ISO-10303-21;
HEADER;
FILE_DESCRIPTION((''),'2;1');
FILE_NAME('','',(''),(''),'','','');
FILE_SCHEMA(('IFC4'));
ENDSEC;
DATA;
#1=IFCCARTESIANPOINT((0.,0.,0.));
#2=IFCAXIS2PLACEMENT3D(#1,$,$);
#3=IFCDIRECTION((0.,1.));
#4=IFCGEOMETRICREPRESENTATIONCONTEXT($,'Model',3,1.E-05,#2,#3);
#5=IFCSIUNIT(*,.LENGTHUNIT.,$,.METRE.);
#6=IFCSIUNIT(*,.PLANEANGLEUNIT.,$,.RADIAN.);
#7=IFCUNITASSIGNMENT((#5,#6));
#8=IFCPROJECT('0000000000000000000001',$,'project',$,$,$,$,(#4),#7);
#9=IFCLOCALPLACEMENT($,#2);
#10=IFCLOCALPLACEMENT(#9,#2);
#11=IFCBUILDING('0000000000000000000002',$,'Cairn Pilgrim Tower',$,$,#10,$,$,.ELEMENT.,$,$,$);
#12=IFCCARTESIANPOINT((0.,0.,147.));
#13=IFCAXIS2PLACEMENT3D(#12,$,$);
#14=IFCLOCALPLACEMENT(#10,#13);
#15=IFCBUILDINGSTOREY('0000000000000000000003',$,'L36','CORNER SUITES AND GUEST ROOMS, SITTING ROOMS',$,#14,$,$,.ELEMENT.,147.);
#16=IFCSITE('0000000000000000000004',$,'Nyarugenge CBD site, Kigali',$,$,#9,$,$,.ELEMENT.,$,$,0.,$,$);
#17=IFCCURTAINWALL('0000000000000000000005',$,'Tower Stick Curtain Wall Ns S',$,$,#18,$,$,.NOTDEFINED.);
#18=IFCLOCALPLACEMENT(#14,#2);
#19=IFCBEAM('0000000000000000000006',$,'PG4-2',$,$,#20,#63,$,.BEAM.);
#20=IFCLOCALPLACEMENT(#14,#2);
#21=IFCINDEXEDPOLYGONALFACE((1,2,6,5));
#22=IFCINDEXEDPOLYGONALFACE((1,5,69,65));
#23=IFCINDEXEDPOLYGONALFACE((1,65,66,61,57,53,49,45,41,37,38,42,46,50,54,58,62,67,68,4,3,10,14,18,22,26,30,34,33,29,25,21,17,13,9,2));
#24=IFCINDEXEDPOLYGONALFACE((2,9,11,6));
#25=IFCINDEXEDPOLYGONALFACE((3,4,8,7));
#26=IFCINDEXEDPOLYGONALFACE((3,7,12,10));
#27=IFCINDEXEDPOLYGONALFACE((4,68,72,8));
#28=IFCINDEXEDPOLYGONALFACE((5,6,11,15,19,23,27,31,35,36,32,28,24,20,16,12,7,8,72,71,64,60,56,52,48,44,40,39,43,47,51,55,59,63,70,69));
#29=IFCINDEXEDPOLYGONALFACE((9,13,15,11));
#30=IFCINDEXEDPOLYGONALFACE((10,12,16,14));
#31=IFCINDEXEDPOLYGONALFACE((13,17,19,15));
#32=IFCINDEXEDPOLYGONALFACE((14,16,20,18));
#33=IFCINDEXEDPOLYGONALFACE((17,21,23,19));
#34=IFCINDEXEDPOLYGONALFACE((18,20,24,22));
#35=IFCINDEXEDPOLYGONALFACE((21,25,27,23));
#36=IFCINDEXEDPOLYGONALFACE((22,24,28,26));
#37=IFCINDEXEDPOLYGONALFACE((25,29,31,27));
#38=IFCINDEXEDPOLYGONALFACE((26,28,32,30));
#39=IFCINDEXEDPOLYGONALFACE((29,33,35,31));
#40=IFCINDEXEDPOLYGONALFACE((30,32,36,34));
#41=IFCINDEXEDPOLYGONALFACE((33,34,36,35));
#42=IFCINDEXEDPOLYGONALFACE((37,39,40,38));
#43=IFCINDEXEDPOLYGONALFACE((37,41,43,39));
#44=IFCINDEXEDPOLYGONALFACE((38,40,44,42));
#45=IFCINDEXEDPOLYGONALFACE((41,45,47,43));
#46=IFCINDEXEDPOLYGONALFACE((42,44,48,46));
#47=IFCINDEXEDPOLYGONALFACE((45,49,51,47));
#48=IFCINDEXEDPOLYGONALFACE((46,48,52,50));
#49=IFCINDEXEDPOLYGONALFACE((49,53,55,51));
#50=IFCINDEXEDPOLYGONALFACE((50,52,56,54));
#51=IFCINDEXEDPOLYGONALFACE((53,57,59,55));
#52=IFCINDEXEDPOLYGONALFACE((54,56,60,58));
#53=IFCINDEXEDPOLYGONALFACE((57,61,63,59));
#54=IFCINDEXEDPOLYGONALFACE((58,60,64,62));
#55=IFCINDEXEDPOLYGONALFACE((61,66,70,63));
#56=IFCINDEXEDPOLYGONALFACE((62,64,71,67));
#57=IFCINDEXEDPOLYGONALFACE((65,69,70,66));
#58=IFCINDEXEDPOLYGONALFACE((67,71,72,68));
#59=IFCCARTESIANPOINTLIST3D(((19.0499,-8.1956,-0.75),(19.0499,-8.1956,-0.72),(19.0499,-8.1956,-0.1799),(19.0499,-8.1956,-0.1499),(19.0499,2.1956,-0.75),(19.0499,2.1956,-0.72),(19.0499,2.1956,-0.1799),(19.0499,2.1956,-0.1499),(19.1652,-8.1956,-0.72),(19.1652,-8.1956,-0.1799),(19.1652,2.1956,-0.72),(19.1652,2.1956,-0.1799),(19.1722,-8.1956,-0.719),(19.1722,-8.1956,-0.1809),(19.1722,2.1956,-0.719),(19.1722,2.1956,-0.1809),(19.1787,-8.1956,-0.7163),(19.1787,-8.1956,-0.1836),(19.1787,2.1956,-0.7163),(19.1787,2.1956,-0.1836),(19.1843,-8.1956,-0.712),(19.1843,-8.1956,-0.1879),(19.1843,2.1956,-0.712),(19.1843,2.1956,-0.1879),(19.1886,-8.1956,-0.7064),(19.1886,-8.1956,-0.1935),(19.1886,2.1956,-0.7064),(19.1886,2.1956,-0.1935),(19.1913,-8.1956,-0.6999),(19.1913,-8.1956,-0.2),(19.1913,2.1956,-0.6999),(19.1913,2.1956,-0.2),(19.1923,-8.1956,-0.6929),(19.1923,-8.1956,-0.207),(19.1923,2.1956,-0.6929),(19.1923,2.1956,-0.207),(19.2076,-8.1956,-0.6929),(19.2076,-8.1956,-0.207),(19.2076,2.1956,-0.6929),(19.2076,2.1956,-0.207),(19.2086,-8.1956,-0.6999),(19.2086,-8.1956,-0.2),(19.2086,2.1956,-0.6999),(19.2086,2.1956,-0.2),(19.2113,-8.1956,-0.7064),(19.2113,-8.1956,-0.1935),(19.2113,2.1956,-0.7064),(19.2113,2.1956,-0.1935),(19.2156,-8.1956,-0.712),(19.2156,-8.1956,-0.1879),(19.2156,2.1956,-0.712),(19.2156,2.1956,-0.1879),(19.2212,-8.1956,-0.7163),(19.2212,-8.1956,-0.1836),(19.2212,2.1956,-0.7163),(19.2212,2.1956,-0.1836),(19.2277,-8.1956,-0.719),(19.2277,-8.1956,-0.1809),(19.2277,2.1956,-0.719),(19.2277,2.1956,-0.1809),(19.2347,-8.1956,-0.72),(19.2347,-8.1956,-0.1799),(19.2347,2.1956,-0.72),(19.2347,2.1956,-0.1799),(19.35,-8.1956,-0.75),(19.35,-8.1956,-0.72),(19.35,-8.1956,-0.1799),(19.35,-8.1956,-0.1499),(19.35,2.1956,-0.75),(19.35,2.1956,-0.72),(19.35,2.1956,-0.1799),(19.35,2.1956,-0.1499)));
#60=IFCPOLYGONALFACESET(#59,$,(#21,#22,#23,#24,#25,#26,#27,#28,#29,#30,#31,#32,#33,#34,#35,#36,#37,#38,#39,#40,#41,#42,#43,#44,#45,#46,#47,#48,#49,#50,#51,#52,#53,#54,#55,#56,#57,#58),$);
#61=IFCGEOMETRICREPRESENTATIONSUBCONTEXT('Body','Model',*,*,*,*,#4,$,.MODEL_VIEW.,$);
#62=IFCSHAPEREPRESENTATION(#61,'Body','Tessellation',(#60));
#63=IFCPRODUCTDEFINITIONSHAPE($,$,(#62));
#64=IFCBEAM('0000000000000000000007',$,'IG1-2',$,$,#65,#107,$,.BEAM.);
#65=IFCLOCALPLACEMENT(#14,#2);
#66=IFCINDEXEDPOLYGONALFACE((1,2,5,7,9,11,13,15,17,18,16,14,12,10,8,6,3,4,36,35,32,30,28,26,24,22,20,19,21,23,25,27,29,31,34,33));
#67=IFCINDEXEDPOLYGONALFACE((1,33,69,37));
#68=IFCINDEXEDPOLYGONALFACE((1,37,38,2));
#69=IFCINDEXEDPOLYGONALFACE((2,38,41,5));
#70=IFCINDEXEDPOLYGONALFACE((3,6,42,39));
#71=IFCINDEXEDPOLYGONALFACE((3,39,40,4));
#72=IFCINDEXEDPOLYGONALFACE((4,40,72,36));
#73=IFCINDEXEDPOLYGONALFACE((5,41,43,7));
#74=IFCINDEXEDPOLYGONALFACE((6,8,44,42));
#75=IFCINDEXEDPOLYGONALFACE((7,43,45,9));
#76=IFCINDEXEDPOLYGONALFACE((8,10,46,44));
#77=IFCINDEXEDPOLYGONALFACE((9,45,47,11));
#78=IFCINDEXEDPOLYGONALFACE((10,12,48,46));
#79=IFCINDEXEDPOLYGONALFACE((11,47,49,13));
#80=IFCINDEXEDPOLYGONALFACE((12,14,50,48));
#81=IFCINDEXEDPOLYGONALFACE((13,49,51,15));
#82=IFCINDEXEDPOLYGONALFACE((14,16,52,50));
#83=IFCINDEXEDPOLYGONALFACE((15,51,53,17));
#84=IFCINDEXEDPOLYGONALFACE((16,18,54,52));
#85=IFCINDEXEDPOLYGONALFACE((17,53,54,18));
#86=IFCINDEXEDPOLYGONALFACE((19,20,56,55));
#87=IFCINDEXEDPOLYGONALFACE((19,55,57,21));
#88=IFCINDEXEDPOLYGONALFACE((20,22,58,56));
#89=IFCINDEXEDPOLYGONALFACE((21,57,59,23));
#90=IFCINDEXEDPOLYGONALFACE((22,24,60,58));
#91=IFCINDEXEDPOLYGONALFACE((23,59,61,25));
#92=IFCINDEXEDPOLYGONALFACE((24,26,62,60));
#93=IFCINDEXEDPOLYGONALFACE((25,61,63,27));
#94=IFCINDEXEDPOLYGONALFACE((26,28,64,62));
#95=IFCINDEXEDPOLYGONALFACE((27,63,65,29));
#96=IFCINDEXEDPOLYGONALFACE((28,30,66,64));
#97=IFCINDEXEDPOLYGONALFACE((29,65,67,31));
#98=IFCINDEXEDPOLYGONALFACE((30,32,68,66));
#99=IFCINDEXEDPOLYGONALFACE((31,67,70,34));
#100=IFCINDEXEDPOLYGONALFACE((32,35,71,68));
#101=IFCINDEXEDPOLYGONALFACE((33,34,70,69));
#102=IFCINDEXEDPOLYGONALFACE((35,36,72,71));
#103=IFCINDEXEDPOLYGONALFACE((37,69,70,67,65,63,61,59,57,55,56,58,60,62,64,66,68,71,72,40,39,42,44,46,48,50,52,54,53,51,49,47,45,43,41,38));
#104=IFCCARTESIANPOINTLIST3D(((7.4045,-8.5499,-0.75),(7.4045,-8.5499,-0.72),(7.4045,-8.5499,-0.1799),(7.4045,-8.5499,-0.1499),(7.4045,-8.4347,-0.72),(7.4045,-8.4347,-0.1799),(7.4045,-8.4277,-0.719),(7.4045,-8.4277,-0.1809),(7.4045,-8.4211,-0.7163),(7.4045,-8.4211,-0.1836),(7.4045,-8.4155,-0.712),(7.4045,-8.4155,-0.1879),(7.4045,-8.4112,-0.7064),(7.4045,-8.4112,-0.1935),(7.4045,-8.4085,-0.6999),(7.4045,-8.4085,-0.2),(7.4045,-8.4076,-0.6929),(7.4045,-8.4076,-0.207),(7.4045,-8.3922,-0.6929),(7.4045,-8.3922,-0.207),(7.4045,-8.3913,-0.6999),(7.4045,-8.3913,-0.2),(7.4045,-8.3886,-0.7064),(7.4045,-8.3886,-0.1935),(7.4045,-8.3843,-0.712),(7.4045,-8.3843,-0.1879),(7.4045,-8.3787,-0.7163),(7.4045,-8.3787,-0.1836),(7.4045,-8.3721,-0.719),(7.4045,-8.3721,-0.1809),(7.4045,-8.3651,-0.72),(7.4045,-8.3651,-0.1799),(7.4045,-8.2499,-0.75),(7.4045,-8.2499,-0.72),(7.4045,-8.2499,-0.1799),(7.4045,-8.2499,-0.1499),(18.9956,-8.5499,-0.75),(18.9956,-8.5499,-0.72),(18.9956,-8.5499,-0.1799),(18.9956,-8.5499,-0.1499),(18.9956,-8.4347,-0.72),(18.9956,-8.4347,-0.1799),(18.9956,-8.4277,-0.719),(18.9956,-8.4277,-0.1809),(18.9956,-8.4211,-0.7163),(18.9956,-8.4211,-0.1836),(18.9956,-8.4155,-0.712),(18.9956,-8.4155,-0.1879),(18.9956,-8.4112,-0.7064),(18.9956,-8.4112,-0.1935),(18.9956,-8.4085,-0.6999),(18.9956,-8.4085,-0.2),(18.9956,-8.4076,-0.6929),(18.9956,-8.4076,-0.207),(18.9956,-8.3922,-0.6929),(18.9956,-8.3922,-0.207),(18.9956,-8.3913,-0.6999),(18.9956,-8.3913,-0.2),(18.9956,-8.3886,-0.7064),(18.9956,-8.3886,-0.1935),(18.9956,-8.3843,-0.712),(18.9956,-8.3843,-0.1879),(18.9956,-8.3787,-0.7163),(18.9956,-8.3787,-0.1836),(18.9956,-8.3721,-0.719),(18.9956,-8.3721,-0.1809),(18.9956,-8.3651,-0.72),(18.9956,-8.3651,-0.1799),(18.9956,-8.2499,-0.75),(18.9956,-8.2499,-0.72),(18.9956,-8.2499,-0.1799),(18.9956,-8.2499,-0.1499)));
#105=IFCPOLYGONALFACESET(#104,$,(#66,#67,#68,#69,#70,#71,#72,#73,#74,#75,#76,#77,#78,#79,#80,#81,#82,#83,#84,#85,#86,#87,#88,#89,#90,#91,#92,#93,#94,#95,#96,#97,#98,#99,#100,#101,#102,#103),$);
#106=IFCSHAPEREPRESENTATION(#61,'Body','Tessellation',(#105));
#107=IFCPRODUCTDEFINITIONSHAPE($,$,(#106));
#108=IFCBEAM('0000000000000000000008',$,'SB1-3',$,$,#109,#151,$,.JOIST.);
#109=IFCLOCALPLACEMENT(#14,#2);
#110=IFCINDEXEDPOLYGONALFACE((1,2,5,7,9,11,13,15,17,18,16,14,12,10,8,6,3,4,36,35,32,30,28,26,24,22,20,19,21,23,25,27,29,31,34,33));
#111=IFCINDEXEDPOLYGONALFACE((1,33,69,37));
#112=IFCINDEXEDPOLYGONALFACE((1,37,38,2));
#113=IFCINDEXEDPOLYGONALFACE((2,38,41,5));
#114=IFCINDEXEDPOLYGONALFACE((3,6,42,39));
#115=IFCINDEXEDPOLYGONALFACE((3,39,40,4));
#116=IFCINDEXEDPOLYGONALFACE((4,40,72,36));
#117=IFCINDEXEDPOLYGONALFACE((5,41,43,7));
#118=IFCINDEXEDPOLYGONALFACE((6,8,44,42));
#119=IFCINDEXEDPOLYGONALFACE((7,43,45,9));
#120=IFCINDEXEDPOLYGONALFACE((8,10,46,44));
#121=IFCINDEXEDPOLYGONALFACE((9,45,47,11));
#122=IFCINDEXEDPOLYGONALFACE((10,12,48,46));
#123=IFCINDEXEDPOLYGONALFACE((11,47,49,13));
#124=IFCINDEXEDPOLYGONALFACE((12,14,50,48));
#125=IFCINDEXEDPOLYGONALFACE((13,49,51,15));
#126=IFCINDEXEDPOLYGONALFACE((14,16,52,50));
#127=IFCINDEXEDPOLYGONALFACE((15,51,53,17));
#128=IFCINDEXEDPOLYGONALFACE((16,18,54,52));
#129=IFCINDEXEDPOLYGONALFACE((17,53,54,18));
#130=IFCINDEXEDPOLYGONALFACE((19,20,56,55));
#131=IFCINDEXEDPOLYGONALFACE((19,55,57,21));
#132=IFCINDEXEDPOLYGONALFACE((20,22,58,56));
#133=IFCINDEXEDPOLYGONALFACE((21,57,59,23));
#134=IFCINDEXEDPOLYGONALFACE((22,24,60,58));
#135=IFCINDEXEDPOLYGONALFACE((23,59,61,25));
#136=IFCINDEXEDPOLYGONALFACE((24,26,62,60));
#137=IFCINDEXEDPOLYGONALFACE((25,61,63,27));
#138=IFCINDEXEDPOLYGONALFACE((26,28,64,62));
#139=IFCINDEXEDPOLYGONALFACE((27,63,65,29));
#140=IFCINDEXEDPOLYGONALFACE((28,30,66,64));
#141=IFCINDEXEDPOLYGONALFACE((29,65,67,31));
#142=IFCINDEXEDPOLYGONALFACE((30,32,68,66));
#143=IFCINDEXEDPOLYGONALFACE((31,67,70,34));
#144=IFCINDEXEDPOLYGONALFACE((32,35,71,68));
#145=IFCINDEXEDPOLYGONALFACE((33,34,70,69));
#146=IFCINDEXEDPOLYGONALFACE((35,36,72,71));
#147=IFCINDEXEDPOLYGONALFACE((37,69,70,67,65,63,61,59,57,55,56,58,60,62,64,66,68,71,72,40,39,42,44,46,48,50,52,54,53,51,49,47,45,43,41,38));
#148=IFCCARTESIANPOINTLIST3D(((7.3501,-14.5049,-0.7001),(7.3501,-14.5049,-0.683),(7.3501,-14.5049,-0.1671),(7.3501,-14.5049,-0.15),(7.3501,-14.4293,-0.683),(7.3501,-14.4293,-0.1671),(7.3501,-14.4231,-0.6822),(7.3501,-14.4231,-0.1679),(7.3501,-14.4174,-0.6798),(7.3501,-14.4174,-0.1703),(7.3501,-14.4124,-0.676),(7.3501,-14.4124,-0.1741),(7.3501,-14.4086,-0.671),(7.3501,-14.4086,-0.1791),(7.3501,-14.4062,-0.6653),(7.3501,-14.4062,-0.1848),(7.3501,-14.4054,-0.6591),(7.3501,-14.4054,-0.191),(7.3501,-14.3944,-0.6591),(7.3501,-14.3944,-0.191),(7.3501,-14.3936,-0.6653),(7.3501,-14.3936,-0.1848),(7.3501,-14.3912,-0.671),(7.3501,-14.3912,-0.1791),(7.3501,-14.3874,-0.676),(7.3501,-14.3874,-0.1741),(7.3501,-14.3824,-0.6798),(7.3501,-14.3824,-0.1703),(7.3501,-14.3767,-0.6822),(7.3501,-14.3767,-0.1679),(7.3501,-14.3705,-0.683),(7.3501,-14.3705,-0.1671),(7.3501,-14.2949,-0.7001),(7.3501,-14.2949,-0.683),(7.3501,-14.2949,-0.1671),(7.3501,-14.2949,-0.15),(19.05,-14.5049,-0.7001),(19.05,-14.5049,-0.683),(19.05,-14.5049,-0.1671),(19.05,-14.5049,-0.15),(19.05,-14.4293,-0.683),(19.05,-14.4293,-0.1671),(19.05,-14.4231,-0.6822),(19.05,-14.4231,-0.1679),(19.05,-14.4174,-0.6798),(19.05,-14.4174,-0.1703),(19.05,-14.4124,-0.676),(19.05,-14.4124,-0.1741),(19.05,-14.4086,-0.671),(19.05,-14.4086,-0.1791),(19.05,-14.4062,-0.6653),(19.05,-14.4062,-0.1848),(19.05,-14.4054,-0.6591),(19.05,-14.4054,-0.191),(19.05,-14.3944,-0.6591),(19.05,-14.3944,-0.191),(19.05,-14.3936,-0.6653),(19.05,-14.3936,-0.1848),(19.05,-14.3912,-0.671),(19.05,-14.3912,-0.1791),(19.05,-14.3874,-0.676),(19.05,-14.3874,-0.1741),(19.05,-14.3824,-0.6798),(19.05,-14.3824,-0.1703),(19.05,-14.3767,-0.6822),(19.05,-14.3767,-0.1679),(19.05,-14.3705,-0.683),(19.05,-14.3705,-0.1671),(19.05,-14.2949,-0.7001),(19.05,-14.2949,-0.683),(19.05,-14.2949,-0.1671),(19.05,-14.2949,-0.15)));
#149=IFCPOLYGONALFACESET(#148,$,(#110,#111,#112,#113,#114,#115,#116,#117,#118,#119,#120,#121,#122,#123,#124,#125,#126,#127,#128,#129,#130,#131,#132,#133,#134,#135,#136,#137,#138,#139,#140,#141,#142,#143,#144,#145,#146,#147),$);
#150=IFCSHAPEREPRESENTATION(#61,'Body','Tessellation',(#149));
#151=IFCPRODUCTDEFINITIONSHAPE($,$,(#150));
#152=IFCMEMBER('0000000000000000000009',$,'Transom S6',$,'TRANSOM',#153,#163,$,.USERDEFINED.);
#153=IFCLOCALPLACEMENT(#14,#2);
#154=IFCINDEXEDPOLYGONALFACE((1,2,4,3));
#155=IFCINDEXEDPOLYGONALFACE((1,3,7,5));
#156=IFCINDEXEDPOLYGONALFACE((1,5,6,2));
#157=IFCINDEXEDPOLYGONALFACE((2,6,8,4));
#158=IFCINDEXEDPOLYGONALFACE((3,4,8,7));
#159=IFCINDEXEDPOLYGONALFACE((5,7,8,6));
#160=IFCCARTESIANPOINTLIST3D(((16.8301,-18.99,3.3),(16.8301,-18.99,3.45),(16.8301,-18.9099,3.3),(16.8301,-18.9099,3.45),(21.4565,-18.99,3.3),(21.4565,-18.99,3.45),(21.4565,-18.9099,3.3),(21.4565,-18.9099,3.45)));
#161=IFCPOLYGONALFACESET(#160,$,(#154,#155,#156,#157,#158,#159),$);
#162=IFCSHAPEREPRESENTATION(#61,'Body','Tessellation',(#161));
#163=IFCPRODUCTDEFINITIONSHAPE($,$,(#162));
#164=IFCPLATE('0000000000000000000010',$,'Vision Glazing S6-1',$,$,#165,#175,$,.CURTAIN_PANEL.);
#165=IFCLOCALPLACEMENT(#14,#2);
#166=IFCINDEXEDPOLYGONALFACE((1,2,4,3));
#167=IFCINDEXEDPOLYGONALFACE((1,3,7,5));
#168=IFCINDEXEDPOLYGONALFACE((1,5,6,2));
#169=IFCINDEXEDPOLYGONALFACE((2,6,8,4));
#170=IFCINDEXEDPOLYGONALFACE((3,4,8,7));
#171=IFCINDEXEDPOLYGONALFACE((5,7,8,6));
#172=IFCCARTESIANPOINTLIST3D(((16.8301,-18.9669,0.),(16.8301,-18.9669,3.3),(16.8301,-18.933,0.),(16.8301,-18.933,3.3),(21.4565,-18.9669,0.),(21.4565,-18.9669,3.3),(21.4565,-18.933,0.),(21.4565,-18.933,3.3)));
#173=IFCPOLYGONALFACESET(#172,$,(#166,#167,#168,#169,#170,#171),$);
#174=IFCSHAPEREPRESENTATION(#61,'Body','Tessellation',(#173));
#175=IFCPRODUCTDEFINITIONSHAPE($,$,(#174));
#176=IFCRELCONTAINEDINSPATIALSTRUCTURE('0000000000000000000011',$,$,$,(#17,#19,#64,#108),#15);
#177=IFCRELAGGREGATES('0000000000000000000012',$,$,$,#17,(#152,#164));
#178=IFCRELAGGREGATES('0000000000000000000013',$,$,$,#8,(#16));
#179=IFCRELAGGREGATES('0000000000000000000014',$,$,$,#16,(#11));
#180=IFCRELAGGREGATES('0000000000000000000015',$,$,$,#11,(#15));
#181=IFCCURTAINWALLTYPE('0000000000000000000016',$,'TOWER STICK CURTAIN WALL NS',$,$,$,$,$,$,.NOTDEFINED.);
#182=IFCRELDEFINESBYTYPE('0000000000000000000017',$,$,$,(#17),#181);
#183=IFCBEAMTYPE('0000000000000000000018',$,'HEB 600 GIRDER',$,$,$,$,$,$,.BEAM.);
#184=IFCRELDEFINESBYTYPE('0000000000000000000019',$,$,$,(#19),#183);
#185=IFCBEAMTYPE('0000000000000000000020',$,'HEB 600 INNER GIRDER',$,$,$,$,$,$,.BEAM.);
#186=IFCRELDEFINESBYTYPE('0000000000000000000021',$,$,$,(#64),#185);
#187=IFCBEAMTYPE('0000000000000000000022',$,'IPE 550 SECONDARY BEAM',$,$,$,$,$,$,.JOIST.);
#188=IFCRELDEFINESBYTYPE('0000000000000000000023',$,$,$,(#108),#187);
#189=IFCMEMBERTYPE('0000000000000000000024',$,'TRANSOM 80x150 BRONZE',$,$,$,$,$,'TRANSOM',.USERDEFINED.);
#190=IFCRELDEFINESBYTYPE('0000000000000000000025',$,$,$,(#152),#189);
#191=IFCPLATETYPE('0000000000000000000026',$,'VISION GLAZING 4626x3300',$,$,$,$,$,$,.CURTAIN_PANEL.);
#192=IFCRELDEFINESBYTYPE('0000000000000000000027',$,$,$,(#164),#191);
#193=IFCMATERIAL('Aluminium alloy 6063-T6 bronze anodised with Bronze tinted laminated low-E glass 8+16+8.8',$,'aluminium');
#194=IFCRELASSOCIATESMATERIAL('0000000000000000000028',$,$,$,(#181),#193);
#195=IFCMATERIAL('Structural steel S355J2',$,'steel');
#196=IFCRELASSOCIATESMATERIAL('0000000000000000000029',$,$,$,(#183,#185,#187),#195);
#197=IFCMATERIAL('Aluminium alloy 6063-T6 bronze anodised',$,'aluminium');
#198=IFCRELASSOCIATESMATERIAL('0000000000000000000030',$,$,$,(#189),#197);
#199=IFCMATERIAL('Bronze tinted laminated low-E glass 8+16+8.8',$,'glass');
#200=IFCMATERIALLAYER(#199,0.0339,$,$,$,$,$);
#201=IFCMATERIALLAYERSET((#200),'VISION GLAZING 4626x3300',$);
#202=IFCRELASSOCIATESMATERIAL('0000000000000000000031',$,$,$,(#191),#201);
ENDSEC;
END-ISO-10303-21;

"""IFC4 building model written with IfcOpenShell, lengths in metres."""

from ifc_helpers import new_model, si_unit, direction, frame, origin, origin_2d, place, context, subcontext, project, spatial, rectangle, i_section, extrude, material, layer, layer_set, material_profile, profile_set, type_object, element, aggregate, save


model = new_model("IFC4")

# Units and contexts
model_context = context("Model", 3, precision=1e-05, world=origin(), true_north=direction((0.0, 1.0)))
body_context = subcontext(model_context, "Body", "Model", "MODEL_VIEW")
ifc_project = project(units=[si_unit("LENGTHUNIT", "METRE"), si_unit("PLANEANGLEUNIT", "RADIAN")], contexts=[model_context])

# Site, building, storey
site_placement = place(None, origin())
site = spatial("IfcSite", under=ifc_project, at=site_placement, Name="Nyarugenge CBD site, Kigali", CompositionType="ELEMENT", RefElevation=0.0)
building_placement = place(site_placement, origin())
building = spatial("IfcBuilding", under=site, at=building_placement, Name="Cairn Pilgrim Tower", CompositionType="ELEMENT")
storey_placement = place(building_placement, frame((0.0, 0.0, 147.0)))
storey = spatial("IfcBuildingStorey", under=building, at=storey_placement, Name="L36", Description="CORNER SUITES AND GUEST ROOMS, SITTING ROOMS", CompositionType="ELEMENT", Elevation=147.0)

# Curtain wall
ifc_material_1 = material(Name="Aluminium alloy 6063-T6 bronze anodised with Bronze tinted laminated low-E glass 8+16+8.8", Category="aluminium")
curtain_wall_type = type_object("IfcCurtainWallType", Name="TOWER STICK CURTAIN WALL NS", PredefinedType="NOTDEFINED", material=ifc_material_1)
curtain_wall_placement = place(storey_placement, origin())
curtain_wall = element("IfcCurtainWall", 1, at=curtain_wall_placement, inside=storey, type_object=curtain_wall_type, Name="Tower Stick Curtain Wall Ns S", PredefinedType="NOTDEFINED")
ifc_material_2 = material(Name="Aluminium alloy 6063-T6 bronze anodised", Category="aluminium")

# Beams
ifc_material_3 = material(Name="Structural steel S355J2", Category="steel")
ifc_material_profile_1 = material_profile(ifc_material_3, i_section(OverallWidth=0.3, OverallDepth=0.6001, WebThickness=0.0154, FlangeThickness=0.03, FilletRadius=0.0271, at=origin_2d()), Name="HEB 600")
ifc_profile_set_1 = profile_set([ifc_material_profile_1], Name="Structural steel S355J2")
beam_type_1 = type_object("IfcBeamType", Name="HEB 600 GIRDER", PredefinedType="BEAM", material=ifc_profile_set_1)
beam_1_placement = place(storey_placement, frame((19.2, -8.1956, -0.45), z_axis=(0.0, 1.0, 0.0), x_axis=(-1.0, 0.0, 0.0)))
element("IfcBeam", 2, at=beam_1_placement, inside=storey, type_object=beam_type_1, Name="PG4-2", PredefinedType="BEAM", context=body_context, shape_type="SweptSolid", body=[
    extrude(i_section(OverallWidth=0.3, OverallDepth=0.6001, WebThickness=0.0154, FlangeThickness=0.03, FilletRadius=0.0271, at=origin_2d()), origin(), (0.0, 0.0, 1.0), 10.3911),
])
ifc_material_profile_2 = material_profile(ifc_material_3, i_section(OverallWidth=0.3, OverallDepth=0.6001, WebThickness=0.0154, FlangeThickness=0.03, FilletRadius=0.0271, at=origin_2d()), Name="HEB 600")
ifc_profile_set_2 = profile_set([ifc_material_profile_2], Name="Structural steel S355J2")
beam_type_2 = type_object("IfcBeamType", Name="HEB 600 INNER GIRDER", PredefinedType="BEAM", material=ifc_profile_set_2)
beam_2_placement = place(storey_placement, frame((7.4045, -8.3999, -0.45), z_axis=(1.0, 0.0, 0.0), x_axis=(0.0, 1.0, 0.0)))
element("IfcBeam", 3, at=beam_2_placement, inside=storey, type_object=beam_type_2, Name="IG1-2", PredefinedType="BEAM", context=body_context, shape_type="SweptSolid", body=[
    extrude(i_section(OverallWidth=0.3, OverallDepth=0.6001, WebThickness=0.0154, FlangeThickness=0.03, FilletRadius=0.0271, at=origin_2d()), origin(), (0.0, 0.0, 1.0), 11.5911),
])
ifc_material_profile_3 = material_profile(ifc_material_3, i_section(OverallWidth=0.21, OverallDepth=0.55, WebThickness=0.011, FlangeThickness=0.0171, FilletRadius=0.0239, at=origin_2d()), Name="IPE 550")
ifc_profile_set_3 = profile_set([ifc_material_profile_3], Name="Structural steel S355J2")
beam_type_3 = type_object("IfcBeamType", Name="IPE 550 SECONDARY BEAM", PredefinedType="JOIST", material=ifc_profile_set_3)
beam_3_placement = place(storey_placement, frame((7.3501, -14.3999, -0.425), z_axis=(1.0, 0.0, 0.0), x_axis=(0.0, 1.0, 0.0)))
element("IfcBeam", 4, at=beam_3_placement, inside=storey, type_object=beam_type_3, Name="SB1-3", PredefinedType="JOIST", context=body_context, shape_type="SweptSolid", body=[
    extrude(i_section(OverallWidth=0.21, OverallDepth=0.55, WebThickness=0.011, FlangeThickness=0.0171, FilletRadius=0.0239, at=origin_2d()), origin(), (0.0, 0.0, 1.0), 11.7),
])

# Member
ifc_material_profile_4 = material_profile(ifc_material_2, rectangle(XDim=0.0801, YDim=0.1499, at=origin_2d()), Name="TRANSOM 80x150 BRONZE")
ifc_profile_set_4 = profile_set([ifc_material_profile_4], Name="Aluminium alloy 6063-T6 bronze anodised")
member_type_1 = type_object("IfcMemberType", Name="TRANSOM 80x150 BRONZE", ElementType="TRANSOM", PredefinedType="USERDEFINED", material=ifc_profile_set_4)
member_1_placement = place(storey_placement, frame((16.8301, -18.95, 3.375), z_axis=(1.0, 0.0, 0.0), x_axis=(0.0, 1.0, 0.0)))
member_1 = element("IfcMember", 5, at=member_1_placement, type_object=member_type_1, Name="Transom S6", ObjectType="TRANSOM", PredefinedType="USERDEFINED", context=body_context, shape_type="SweptSolid", body=[
    extrude(rectangle(XDim=0.0801, YDim=0.1499, at=origin_2d()), origin(), (0.0, 0.0, 1.0), 4.6265),
])

# Plate
ifc_material_4 = material(Name="Bronze tinted laminated low-E glass 8+16+8.8", Category="glass")
ifc_layer_1 = layer(ifc_material_4, 0.0339)
ifc_layer_set_1 = layer_set([ifc_layer_1], Name="VISION GLAZING 4626x3300")
plate_type = type_object("IfcPlateType", Name="VISION GLAZING 4626x3300", PredefinedType="CURTAIN_PANEL", material=ifc_layer_set_1)
plate_placement = place(storey_placement, frame((19.1433, -18.95, 0.0), z_axis=(0.0, 0.0, 1.0), x_axis=(1.0, 0.0, 0.0)))
plate = element("IfcPlate", 6, at=plate_placement, type_object=plate_type, Name="Vision Glazing S6-1", PredefinedType="CURTAIN_PANEL", context=body_context, shape_type="SweptSolid", body=[
    extrude(rectangle(XDim=4.6265, YDim=0.0339, at=origin_2d()), origin(), (0.0, 0.0, 1.0), 3.3),
])
aggregate(curtain_wall, [member_1, plate])

save(model, "model.ifc")
